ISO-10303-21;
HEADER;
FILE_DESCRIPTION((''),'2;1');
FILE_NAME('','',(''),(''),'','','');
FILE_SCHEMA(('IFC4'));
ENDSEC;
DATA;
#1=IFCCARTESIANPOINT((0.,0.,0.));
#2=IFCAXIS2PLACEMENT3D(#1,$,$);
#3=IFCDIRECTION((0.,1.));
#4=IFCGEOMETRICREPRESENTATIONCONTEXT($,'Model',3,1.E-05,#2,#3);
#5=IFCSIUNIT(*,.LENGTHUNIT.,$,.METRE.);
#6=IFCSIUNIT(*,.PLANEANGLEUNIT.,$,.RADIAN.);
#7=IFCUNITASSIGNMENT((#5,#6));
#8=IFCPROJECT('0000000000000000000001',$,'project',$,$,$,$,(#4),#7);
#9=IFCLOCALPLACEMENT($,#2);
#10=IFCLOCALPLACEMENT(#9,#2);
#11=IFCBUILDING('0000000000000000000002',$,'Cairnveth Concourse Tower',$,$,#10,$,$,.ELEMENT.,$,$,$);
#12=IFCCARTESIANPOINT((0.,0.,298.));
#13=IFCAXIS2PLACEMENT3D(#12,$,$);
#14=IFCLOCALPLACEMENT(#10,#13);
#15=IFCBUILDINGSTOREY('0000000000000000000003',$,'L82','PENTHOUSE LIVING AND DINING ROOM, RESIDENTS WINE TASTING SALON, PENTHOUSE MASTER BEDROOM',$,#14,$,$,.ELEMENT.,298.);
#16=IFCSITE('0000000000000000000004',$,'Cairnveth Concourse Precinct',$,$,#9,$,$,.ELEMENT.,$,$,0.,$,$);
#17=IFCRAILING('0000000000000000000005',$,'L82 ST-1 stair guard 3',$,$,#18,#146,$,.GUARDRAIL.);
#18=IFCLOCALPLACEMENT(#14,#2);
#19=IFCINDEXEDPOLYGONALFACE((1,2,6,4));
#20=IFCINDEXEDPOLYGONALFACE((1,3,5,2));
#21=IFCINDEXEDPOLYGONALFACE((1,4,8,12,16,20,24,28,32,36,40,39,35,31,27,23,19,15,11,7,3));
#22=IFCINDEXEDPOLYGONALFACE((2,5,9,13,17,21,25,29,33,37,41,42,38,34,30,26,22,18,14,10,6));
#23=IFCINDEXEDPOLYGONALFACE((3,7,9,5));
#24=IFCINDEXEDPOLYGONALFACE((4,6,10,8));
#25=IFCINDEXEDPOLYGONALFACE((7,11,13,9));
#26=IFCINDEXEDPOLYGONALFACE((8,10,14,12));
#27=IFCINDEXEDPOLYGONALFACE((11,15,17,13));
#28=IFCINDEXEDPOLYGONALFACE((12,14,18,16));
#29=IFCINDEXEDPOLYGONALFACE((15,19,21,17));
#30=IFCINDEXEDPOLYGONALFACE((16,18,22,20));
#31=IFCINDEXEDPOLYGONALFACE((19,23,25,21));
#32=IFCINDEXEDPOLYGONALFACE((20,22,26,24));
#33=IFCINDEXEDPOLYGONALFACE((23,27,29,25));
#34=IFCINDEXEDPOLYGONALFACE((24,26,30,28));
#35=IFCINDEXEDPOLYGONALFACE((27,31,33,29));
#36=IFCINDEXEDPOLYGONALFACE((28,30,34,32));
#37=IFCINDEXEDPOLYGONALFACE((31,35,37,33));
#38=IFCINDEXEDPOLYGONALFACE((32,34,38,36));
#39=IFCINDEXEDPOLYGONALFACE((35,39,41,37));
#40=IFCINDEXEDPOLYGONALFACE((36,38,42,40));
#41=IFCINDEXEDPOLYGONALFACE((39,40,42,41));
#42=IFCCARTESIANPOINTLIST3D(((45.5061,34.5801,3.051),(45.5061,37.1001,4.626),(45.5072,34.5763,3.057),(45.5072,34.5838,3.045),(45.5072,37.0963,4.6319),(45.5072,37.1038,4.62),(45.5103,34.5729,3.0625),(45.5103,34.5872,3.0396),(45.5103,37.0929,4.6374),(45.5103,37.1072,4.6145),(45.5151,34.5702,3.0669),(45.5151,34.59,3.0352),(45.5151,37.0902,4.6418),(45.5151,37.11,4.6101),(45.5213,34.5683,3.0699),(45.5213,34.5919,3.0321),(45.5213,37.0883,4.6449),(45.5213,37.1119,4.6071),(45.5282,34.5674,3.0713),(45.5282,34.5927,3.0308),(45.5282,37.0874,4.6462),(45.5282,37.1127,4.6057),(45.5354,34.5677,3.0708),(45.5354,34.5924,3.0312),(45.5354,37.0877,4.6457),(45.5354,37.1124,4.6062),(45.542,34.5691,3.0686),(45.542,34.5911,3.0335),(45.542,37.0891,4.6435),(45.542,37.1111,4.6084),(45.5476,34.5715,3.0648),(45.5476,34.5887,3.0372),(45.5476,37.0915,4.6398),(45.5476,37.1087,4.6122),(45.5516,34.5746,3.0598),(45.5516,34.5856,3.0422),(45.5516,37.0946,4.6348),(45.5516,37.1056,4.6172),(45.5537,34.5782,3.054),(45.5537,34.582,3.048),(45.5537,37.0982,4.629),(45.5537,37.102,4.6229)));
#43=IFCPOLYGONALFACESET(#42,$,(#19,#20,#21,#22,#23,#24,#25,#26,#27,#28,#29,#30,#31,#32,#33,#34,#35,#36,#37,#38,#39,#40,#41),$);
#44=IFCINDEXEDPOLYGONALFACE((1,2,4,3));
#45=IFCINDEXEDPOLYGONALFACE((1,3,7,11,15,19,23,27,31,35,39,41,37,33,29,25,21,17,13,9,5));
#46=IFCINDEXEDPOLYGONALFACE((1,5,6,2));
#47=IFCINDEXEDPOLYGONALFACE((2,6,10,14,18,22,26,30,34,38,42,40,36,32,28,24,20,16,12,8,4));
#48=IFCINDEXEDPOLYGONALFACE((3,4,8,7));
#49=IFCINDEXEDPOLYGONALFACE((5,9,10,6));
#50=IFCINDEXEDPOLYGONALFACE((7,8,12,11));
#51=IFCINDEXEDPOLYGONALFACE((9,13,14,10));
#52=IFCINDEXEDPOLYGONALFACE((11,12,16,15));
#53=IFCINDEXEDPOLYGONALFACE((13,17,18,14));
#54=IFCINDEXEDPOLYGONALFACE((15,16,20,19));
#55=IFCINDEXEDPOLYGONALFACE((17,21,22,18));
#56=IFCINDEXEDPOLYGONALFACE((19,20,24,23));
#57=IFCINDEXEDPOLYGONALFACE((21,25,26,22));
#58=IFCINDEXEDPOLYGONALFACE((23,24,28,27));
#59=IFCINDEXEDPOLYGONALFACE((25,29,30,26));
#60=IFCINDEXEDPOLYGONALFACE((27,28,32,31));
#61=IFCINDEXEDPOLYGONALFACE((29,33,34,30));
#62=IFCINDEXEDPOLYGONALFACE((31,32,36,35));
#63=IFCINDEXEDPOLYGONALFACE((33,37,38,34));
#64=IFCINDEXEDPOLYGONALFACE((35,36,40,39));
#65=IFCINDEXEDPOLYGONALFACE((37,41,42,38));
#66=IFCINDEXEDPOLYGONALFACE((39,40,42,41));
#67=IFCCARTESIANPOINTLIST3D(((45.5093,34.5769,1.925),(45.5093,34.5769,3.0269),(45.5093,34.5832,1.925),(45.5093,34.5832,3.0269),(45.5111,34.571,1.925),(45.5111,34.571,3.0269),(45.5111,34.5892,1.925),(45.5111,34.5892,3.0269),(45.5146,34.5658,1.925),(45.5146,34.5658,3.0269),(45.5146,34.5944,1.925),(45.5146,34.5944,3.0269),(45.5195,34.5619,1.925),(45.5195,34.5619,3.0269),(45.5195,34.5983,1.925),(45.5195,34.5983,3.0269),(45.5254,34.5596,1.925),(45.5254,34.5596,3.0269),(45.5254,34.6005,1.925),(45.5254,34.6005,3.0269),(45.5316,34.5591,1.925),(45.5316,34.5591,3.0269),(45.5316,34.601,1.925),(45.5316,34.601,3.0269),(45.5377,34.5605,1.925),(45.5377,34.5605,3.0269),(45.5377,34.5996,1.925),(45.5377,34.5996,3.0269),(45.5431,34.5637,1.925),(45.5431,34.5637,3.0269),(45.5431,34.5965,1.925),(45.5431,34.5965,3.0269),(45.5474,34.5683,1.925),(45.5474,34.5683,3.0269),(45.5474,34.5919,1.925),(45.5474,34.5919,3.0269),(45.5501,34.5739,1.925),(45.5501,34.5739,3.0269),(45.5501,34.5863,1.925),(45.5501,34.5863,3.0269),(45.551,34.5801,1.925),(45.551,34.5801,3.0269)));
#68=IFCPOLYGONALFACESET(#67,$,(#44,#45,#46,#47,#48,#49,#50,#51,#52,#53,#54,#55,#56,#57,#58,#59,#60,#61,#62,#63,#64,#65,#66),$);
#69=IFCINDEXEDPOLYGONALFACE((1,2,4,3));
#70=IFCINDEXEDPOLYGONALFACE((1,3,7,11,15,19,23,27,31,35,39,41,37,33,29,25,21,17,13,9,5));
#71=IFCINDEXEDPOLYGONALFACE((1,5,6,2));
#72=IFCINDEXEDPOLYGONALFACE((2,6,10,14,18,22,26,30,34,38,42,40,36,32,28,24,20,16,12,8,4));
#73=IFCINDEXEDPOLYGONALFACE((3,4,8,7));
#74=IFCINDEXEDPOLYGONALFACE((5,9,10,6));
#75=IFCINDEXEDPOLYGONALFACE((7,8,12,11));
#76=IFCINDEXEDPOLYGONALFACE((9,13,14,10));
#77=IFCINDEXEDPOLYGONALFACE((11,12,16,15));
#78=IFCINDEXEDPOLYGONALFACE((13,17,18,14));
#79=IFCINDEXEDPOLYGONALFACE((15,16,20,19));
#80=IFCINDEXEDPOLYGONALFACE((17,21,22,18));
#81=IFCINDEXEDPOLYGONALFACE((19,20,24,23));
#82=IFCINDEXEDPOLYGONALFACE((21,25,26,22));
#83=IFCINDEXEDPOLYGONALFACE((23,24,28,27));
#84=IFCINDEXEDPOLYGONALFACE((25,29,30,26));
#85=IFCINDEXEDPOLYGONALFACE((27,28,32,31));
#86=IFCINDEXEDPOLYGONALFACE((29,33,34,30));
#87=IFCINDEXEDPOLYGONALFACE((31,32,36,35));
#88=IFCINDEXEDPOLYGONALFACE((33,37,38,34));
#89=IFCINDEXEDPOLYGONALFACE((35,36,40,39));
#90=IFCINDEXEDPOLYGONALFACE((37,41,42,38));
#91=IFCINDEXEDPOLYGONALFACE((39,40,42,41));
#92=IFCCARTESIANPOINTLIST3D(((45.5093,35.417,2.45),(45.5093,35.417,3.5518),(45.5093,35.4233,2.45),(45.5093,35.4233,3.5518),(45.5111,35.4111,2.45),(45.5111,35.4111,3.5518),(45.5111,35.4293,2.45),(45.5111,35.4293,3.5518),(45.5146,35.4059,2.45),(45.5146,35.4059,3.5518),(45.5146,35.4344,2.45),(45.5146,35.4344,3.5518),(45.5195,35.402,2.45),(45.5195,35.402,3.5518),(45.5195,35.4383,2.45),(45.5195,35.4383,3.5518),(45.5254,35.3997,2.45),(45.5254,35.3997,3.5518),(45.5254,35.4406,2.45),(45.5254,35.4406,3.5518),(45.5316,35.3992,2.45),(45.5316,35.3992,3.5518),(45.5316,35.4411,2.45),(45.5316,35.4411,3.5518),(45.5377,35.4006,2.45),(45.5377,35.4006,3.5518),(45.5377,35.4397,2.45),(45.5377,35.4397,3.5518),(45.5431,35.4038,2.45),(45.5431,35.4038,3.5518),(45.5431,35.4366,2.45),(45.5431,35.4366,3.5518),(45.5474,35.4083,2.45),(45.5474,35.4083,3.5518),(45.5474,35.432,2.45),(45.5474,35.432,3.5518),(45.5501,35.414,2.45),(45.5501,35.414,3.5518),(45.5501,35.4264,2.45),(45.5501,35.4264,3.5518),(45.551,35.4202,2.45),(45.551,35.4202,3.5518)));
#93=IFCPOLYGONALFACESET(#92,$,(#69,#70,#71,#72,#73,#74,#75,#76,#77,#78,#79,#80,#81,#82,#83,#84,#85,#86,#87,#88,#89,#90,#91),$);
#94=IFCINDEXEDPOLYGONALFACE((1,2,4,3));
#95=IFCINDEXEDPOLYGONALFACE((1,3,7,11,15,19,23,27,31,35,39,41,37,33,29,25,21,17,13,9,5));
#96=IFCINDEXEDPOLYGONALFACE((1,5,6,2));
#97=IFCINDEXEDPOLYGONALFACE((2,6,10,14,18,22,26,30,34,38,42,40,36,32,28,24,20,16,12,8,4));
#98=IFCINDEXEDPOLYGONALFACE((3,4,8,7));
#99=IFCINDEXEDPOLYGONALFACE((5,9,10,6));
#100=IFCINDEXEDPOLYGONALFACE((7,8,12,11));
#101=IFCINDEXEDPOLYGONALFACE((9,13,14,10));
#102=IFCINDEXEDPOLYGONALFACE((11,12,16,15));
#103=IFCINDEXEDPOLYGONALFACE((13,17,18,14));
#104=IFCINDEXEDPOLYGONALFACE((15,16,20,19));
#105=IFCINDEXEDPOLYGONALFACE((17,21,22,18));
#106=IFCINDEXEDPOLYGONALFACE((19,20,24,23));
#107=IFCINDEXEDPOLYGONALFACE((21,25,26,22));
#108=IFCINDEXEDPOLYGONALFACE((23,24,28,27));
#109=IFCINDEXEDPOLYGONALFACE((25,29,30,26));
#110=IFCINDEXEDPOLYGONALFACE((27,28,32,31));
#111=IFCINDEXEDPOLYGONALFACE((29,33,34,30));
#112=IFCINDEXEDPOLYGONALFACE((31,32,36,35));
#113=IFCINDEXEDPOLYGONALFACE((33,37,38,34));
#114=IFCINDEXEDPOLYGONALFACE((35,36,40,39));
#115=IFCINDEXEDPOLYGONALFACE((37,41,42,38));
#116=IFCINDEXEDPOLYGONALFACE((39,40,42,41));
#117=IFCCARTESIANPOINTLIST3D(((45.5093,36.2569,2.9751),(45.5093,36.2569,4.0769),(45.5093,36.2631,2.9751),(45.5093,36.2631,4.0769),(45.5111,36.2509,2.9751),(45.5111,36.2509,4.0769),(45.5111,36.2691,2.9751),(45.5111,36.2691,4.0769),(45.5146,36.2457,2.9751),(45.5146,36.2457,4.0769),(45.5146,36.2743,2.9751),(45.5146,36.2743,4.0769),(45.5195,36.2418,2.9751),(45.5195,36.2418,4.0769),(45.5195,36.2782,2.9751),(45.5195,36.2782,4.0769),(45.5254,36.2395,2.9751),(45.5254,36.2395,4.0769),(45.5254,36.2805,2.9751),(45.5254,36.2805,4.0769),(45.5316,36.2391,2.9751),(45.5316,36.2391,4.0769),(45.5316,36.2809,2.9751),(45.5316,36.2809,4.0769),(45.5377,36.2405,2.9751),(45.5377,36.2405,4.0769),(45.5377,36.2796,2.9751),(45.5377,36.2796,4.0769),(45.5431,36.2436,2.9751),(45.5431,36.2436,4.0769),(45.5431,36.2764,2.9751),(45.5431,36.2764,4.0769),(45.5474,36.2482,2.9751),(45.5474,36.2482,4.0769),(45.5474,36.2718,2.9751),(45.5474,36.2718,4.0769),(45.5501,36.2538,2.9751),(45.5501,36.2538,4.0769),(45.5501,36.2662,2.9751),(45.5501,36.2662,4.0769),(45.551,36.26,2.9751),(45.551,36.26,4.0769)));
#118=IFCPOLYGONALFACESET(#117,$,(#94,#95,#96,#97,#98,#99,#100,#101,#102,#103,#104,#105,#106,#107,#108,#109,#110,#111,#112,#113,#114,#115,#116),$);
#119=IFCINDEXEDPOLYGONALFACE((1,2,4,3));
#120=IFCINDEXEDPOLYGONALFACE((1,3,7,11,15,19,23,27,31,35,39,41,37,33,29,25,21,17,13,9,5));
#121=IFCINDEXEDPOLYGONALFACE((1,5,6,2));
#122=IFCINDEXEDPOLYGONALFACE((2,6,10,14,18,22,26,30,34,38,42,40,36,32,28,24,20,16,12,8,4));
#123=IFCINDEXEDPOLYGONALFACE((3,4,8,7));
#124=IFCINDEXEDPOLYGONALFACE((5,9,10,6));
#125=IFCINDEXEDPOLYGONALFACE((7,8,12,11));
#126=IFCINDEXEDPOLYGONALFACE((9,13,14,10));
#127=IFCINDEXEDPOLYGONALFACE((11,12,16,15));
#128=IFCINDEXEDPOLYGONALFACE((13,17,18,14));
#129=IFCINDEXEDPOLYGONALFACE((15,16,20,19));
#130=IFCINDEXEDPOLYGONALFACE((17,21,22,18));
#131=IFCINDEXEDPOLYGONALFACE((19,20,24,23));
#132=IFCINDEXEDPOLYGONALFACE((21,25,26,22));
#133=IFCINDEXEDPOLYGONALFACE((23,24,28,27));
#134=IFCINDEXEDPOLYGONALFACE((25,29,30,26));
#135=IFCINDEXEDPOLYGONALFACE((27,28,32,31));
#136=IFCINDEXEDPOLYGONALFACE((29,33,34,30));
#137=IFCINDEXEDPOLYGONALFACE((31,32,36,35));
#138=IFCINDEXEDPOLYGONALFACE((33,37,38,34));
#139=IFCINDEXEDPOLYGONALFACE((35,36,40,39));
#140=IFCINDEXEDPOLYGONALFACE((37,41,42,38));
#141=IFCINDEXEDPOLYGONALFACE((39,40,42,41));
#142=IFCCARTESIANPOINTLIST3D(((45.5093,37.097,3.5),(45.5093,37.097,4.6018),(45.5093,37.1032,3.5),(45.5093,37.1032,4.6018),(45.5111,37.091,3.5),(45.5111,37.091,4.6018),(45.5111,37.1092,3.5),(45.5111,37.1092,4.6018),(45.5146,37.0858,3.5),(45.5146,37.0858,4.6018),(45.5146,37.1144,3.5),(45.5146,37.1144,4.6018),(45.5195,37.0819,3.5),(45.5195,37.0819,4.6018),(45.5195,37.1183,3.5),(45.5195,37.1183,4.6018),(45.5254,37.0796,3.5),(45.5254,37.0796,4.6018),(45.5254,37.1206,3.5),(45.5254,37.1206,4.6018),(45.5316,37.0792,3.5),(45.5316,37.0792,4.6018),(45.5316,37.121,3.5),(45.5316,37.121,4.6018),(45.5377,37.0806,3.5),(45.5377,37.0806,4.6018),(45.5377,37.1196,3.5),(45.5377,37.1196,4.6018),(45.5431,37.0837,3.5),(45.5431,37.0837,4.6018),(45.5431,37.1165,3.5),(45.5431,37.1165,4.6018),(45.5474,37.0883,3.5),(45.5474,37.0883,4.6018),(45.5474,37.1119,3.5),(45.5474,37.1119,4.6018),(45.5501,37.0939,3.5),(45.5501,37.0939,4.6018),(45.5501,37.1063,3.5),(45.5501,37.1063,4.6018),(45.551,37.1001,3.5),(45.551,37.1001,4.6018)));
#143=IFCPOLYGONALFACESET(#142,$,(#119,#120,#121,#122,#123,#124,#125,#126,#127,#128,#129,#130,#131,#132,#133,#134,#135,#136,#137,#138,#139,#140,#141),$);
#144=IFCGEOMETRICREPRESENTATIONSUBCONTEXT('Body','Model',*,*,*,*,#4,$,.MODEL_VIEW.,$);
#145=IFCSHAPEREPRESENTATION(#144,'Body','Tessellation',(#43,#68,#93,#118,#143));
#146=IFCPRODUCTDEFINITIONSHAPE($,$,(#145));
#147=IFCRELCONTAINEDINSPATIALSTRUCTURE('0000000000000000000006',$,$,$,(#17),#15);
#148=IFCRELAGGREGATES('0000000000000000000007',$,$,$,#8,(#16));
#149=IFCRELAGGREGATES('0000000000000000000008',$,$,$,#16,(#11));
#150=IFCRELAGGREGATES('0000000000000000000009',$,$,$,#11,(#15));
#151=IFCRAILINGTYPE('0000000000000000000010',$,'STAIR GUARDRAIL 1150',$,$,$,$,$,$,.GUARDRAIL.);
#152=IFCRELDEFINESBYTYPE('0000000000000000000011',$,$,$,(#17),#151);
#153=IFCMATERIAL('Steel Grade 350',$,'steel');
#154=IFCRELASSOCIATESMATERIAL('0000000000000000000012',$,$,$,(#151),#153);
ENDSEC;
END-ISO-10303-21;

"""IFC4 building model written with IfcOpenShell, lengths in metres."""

from ifc_helpers import new_model, si_unit, direction, frame, origin, origin_2d, place, context, subcontext, project, spatial, circle, extrude, material, type_object, element, save


model = new_model("IFC4")

# Units and contexts
model_context = context("Model", 3, precision=1e-05, world=origin(), true_north=direction((0.0, 1.0)))
body_context = subcontext(model_context, "Body", "Model", "MODEL_VIEW")
ifc_project = project(units=[si_unit("LENGTHUNIT", "METRE"), si_unit("PLANEANGLEUNIT", "RADIAN")], contexts=[model_context])

# Site, building, storey
site_placement = place(None, origin())
site = spatial("IfcSite", under=ifc_project, at=site_placement, Name="Cairnveth Concourse Precinct", CompositionType="ELEMENT", RefElevation=0.0)
building_placement = place(site_placement, origin())
building = spatial("IfcBuilding", under=site, at=building_placement, Name="Cairnveth Concourse Tower", CompositionType="ELEMENT")
storey_placement = place(building_placement, frame((0.0, 0.0, 298.0)))
storey = spatial("IfcBuildingStorey", under=building, at=storey_placement, Name="L82", Description="PENTHOUSE LIVING AND DINING ROOM, RESIDENTS WINE TASTING SALON, PENTHOUSE MASTER BEDROOM", CompositionType="ELEMENT", Elevation=298.0)

# Shared definitions
ifc_material_1 = material(Name="Steel Grade 350", Category="steel")

# Railing
railing_type_1 = type_object("IfcRailingType", Name="STAIR GUARDRAIL 1150", PredefinedType="GUARDRAIL", material=ifc_material_1)
railing_1_placement = place(storey_placement, frame((45.53, 34.5801, 1.925)))
element("IfcRailing", 1, at=railing_1_placement, inside=storey, type_object=railing_type_1, Name="L82 ST-1 stair guard 3", PredefinedType="GUARDRAIL", context=body_context, shape_type="SweptSolid", body=[
    extrude(circle(Radius=0.0239, at=origin_2d()), frame((0.0, 0.0, 1.126), z_axis=(0.0, 0.848008, 0.529984), x_axis=(-1.0, 0.0, 0.0)), (0.0, 0.0, 1.0), 2.9717),
    extrude(circle(Radius=0.021, at=origin_2d()), origin(), (0.0, 0.0, 1.0), 1.1018),
    extrude(circle(Radius=0.021, at=origin_2d()), frame((0.0, 0.8401, 0.5249)), (0.0, 0.0, 1.0), 1.1018),
    extrude(circle(Radius=0.021, at=origin_2d()), frame((0.0, 1.6799, 1.05)), (0.0, 0.0, 1.0), 1.1018),
    extrude(circle(Radius=0.021, at=origin_2d()), frame((0.0, 2.52, 1.575)), (0.0, 0.0, 1.0), 1.1018),
])

save(model, "model.ifc")
